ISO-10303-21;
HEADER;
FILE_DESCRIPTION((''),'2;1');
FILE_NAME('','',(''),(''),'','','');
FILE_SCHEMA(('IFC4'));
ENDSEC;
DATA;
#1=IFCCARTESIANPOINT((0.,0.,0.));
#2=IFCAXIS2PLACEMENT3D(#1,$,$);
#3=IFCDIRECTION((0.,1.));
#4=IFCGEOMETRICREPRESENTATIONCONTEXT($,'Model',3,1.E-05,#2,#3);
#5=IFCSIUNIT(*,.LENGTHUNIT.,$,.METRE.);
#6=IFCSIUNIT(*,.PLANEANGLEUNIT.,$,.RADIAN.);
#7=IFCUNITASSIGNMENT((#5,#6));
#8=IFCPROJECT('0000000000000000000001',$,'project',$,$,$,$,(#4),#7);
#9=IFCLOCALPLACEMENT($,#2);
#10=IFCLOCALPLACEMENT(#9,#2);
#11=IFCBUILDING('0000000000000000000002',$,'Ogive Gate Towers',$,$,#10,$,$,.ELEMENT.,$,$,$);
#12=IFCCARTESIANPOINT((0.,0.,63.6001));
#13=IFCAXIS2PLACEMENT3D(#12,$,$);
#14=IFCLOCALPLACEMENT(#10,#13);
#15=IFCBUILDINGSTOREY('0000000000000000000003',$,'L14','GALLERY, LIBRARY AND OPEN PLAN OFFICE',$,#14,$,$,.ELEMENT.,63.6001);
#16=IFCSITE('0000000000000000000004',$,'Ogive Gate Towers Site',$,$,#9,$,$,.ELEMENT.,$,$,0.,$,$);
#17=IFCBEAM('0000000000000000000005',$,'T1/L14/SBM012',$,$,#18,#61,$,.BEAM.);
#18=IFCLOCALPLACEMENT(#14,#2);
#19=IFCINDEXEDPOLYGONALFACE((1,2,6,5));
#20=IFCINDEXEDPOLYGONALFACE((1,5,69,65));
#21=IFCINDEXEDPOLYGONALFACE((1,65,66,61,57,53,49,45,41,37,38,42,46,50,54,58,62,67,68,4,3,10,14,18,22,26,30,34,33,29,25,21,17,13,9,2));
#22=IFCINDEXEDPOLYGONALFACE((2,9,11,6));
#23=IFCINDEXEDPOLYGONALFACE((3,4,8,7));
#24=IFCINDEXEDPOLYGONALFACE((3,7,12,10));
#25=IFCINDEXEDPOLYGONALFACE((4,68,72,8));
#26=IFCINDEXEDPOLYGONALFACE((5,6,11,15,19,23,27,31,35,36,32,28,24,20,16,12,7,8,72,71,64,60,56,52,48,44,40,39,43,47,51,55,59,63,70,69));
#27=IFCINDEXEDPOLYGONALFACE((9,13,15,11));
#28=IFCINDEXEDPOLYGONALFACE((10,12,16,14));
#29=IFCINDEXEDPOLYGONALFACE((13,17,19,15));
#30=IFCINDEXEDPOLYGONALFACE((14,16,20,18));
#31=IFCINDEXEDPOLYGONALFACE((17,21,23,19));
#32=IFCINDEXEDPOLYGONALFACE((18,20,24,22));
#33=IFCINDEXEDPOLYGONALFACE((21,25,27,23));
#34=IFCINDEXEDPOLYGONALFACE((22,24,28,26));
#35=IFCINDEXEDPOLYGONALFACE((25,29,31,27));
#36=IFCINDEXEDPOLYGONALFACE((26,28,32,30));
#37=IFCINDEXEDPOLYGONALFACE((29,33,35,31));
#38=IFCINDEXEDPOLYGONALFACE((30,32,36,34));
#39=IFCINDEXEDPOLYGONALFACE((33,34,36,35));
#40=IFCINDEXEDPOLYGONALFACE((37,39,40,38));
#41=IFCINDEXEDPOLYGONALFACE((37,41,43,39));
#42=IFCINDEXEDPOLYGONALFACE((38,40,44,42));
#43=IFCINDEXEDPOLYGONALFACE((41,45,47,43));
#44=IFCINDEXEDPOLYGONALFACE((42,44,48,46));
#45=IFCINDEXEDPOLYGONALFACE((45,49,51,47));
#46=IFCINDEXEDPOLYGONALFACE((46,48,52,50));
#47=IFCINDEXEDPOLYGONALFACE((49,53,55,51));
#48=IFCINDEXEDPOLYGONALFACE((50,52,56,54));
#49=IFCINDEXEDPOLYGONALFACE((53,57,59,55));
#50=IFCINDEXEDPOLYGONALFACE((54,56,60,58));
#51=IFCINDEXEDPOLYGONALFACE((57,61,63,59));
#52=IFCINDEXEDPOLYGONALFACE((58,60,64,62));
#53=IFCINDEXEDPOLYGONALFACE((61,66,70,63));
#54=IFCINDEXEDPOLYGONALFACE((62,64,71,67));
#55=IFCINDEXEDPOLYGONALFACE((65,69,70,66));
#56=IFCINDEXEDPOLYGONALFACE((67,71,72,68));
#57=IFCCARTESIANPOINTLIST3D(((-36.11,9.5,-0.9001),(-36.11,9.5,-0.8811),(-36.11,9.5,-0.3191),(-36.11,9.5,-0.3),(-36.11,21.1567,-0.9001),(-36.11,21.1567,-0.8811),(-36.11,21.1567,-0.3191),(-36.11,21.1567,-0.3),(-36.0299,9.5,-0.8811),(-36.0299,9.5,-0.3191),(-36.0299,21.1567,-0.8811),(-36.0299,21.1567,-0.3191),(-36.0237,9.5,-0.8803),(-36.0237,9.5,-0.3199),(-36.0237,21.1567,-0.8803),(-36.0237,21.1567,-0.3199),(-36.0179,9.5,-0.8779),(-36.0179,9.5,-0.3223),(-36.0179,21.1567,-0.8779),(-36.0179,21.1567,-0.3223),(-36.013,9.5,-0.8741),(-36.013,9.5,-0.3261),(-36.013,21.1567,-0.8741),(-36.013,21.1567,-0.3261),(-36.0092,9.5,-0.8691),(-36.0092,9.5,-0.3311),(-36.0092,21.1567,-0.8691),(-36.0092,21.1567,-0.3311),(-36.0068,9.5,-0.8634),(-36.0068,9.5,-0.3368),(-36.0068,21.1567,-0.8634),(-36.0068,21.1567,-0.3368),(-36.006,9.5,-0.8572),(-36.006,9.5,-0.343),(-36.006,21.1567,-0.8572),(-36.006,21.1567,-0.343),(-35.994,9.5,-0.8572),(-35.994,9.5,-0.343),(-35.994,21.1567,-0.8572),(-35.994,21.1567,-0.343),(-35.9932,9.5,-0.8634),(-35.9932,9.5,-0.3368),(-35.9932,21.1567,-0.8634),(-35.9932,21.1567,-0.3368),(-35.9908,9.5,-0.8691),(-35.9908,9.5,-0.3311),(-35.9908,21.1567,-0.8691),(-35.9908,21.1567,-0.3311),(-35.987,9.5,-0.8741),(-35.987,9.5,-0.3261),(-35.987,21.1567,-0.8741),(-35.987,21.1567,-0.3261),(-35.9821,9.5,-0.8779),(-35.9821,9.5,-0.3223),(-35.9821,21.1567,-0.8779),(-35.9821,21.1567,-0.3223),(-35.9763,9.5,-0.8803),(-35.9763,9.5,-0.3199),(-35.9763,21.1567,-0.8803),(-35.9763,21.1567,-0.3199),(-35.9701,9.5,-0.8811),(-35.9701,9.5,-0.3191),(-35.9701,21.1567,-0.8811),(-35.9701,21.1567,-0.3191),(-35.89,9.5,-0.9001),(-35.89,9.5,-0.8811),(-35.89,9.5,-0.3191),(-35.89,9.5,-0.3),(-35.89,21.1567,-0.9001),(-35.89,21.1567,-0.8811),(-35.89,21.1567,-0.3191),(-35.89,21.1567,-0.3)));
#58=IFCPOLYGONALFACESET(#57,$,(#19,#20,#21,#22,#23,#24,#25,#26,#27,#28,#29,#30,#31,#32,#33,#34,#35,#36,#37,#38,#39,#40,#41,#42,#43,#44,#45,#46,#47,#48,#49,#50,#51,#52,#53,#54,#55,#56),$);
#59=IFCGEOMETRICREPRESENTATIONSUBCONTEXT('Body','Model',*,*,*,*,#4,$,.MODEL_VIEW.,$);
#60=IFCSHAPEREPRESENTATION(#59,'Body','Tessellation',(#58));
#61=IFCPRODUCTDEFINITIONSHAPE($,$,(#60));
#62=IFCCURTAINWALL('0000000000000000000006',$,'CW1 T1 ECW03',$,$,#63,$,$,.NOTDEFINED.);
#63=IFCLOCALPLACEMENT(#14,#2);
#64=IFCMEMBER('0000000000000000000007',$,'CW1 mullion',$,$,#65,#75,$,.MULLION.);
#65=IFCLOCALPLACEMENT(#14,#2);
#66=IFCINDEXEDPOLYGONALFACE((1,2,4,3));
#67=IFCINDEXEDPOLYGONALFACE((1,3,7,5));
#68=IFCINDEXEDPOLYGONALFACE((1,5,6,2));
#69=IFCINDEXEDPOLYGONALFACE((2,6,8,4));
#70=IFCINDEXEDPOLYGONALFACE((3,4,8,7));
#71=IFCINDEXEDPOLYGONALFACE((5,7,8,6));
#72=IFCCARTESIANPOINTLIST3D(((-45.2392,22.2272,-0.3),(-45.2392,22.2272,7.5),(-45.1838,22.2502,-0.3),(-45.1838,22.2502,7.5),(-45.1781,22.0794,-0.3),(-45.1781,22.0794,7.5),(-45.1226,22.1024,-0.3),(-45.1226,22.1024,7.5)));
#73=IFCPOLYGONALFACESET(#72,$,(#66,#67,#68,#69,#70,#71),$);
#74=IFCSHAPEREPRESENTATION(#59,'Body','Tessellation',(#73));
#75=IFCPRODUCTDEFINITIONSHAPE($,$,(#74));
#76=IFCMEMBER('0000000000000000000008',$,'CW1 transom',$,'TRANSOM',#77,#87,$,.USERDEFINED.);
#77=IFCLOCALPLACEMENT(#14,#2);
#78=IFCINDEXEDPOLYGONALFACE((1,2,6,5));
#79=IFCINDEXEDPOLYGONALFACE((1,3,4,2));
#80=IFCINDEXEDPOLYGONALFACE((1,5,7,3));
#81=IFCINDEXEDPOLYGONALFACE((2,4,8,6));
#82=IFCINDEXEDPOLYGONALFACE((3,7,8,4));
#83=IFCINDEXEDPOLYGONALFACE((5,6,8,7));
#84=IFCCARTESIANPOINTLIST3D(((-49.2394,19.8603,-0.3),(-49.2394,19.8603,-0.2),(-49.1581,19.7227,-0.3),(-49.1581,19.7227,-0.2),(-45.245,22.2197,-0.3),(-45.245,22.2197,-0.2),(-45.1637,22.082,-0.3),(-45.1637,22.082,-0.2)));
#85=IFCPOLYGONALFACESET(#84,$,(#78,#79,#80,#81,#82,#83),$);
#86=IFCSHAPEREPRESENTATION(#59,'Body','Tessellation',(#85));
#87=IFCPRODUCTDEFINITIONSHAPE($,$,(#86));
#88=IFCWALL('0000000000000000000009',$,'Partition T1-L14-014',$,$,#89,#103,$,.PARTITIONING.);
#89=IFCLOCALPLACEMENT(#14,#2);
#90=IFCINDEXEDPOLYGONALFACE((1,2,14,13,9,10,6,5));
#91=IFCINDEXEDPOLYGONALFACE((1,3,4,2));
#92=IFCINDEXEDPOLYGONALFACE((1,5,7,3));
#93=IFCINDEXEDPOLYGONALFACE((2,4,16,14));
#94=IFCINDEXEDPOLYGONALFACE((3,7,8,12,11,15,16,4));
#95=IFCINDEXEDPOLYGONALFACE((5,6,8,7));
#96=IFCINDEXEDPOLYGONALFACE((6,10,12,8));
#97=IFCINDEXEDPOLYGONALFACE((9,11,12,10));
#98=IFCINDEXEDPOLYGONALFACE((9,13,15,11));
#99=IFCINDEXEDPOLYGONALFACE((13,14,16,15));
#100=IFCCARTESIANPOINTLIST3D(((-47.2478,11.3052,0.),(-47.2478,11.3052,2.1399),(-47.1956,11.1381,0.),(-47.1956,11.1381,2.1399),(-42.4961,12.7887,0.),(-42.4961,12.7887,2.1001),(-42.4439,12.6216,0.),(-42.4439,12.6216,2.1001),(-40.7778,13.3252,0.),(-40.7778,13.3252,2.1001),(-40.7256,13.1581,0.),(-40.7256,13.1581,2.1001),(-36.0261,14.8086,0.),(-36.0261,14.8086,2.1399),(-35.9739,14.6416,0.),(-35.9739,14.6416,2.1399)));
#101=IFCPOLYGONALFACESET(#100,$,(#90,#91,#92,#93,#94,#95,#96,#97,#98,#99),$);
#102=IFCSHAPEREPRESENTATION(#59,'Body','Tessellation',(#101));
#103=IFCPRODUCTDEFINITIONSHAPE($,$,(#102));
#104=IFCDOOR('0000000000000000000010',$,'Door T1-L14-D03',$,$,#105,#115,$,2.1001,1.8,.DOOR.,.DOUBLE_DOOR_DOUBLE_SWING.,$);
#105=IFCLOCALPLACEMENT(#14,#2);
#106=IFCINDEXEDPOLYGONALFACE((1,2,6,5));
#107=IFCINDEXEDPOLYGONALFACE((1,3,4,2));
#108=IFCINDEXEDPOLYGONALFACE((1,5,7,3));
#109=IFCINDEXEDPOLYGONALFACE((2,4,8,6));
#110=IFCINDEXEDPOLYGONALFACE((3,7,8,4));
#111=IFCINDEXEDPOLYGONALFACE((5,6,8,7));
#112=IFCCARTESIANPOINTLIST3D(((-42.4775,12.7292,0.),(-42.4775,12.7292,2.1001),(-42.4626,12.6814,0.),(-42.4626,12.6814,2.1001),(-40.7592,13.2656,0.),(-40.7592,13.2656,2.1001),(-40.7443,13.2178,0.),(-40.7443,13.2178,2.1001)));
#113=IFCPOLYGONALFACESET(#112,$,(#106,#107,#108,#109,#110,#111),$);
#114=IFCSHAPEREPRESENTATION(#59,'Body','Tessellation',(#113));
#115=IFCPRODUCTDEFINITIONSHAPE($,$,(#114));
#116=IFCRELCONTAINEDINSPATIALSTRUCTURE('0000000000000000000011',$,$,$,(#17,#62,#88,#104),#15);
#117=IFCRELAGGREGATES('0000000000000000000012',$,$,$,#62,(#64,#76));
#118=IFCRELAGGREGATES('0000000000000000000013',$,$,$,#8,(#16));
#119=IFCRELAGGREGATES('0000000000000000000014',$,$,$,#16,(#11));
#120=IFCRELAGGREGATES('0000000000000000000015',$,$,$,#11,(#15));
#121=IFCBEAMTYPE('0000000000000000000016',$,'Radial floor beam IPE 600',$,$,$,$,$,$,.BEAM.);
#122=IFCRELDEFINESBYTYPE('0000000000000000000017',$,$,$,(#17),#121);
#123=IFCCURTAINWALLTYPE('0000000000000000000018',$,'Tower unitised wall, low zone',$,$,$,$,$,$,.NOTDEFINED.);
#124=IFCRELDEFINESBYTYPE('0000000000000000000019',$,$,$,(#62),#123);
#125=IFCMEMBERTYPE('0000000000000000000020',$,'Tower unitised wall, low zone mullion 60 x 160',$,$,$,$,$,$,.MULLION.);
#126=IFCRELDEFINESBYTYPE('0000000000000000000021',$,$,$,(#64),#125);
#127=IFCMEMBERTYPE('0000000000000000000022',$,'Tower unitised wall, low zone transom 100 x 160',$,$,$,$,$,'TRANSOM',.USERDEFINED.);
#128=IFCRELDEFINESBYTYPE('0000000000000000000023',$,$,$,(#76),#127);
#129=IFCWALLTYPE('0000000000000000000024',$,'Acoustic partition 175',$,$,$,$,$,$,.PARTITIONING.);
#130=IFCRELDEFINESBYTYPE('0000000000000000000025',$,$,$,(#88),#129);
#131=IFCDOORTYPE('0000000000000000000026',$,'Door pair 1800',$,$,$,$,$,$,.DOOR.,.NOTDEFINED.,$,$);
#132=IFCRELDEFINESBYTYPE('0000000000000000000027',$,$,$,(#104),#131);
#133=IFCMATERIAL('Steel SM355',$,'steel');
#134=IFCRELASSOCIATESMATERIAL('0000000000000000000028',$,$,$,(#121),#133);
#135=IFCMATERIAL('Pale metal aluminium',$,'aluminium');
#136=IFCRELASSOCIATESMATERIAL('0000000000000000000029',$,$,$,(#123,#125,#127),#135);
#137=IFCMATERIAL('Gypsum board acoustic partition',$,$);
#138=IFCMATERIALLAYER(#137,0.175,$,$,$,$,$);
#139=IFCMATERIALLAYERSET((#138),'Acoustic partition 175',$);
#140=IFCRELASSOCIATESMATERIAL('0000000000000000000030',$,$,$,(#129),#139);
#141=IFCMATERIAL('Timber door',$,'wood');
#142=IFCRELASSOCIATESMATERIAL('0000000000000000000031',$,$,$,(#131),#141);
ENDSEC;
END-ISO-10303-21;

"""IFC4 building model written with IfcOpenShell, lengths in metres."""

from ifc_helpers import new_model, si_unit, direction, frame, frame_2d, origin, origin_2d, place, context, subcontext, project, spatial, rectangle, i_section, extrude, material, layer, layer_set, material_profile, profile_set, type_object, element, fill, aggregate, save


model = new_model("IFC4")

# Units and contexts
model_context = context("Model", 3, precision=1e-05, world=origin(), true_north=direction((0.0, 1.0)))
body_context = subcontext(model_context, "Body", "Model", "MODEL_VIEW")
ifc_project = project(units=[si_unit("LENGTHUNIT", "METRE"), si_unit("PLANEANGLEUNIT", "RADIAN")], contexts=[model_context])

# Site, building, storey
site_placement = place(None, origin())
site = spatial("IfcSite", under=ifc_project, at=site_placement, Name="Ogive Gate Towers Site", CompositionType="ELEMENT", RefElevation=0.0)
building_placement = place(site_placement, origin())
building = spatial("IfcBuilding", under=site, at=building_placement, Name="Ogive Gate Towers", CompositionType="ELEMENT")
storey_placement = place(building_placement, frame((0.0, 0.0, 63.6001)))
storey = spatial("IfcBuildingStorey", under=building, at=storey_placement, Name="L14", Description="GALLERY, LIBRARY AND OPEN PLAN OFFICE", CompositionType="ELEMENT", Elevation=63.6001)

# Beam
ifc_material_1 = material(Name="Steel SM355", Category="steel")
ifc_material_profile_1 = material_profile(ifc_material_1, i_section(OverallWidth=0.22, OverallDepth=0.6001, WebThickness=0.012, FlangeThickness=0.019, FilletRadius=0.0239, at=origin_2d()), Name="IPE 600")
ifc_profile_set_1 = profile_set([ifc_material_profile_1], Name="Steel SM355")
beam_type_1 = type_object("IfcBeamType", Name="Radial floor beam IPE 600", PredefinedType="BEAM", material=ifc_profile_set_1)
beam_1_placement = place(storey_placement, frame((-36.0, 9.5, -0.6001), z_axis=(0.0, 1.0, 0.0), x_axis=(-1.0, 0.0, 0.0)))
element("IfcBeam", 1, at=beam_1_placement, inside=storey, type_object=beam_type_1, Name="T1/L14/SBM012", PredefinedType="BEAM", context=body_context, shape_type="SweptSolid", body=[
    extrude(i_section(OverallWidth=0.22, OverallDepth=0.6001, WebThickness=0.012, FlangeThickness=0.019, FilletRadius=0.0239, at=origin_2d()), origin(), (0.0, 0.0, 1.0), 11.6567),
])

# Curtain wall, members
ifc_material_2 = material(Name="Pale metal aluminium", Category="aluminium")
curtain_wall_type = type_object("IfcCurtainWallType", Name="Tower unitised wall, low zone", PredefinedType="NOTDEFINED", material=ifc_material_2)
curtain_wall_placement = place(storey_placement, origin())
curtain_wall = element("IfcCurtainWall", 2, at=curtain_wall_placement, inside=storey, type_object=curtain_wall_type, Name="CW1 T1 ECW03", PredefinedType="NOTDEFINED")
ifc_material_profile_2 = material_profile(ifc_material_2, rectangle(XDim=0.1599, YDim=0.0601, at=origin_2d()), Name="60 x 160 aluminium box")
ifc_profile_set_2 = profile_set([ifc_material_profile_2], Name="Pale metal aluminium")
member_type_1 = type_object("IfcMemberType", Name="Tower unitised wall, low zone mullion 60 x 160", PredefinedType="MULLION", material=ifc_profile_set_2)
member_1_placement = place(storey_placement, frame((-45.1809, 22.1648, -0.3), z_axis=(0.0, 0.0, 1.0), x_axis=(-0.382683, 0.92388, 0.0)))
member_1 = element("IfcMember", 3, at=member_1_placement, type_object=member_type_1, Name="CW1 mullion", PredefinedType="MULLION", context=body_context, shape_type="SweptSolid", body=[
    extrude(rectangle(XDim=0.1599, YDim=0.0601, at=origin_2d()), origin(), (0.0, 0.0, 1.0), 7.8),
])
ifc_material_profile_3 = material_profile(ifc_material_2, rectangle(XDim=0.1599, YDim=0.1001, at=origin_2d()), Name="100 x 160 aluminium box")
ifc_profile_set_3 = profile_set([ifc_material_profile_3], Name="Pale metal aluminium")
member_type_2 = type_object("IfcMemberType", Name="Tower unitised wall, low zone transom 100 x 160", ElementType="TRANSOM", PredefinedType="USERDEFINED", material=ifc_profile_set_3)
member_2_placement = place(storey_placement, frame((-45.2043, 22.1509, -0.25), z_axis=(-0.861016, -0.508579, 0.0), x_axis=(0.508579, -0.861016, 0.0)))
member_2 = element("IfcMember", 4, at=member_2_placement, type_object=member_type_2, Name="CW1 transom", ObjectType="TRANSOM", PredefinedType="USERDEFINED", context=body_context, shape_type="SweptSolid", body=[
    extrude(rectangle(XDim=0.1599, YDim=0.1001, at=origin_2d()), origin(), (0.0, 0.0, 1.0), 4.6392),
])
aggregate(curtain_wall, [member_1, member_2])

# Wall, opening, door
ifc_material_3 = material(Name="Gypsum board acoustic partition")
ifc_layer_1 = layer(ifc_material_3, 0.175)
ifc_layer_set_1 = layer_set([ifc_layer_1], Name="Acoustic partition 175")
wall_type_1 = type_object("IfcWallType", Name="Acoustic partition 175", PredefinedType="PARTITIONING", material=ifc_layer_set_1)
wall_1_placement = place(storey_placement, frame((-36.0, 14.7251, 0.0), z_axis=(0.0, 0.0, 1.0), x_axis=(-0.954561, -0.298015, 0.0)))
wall_1 = element("IfcWall", 5, at=wall_1_placement, inside=storey, type_object=wall_type_1, Name="Partition T1-L14-014", PredefinedType="PARTITIONING", context=body_context, shape_type="SweptSolid", body=[
    extrude(rectangle(XDim=11.7559, YDim=0.175, at=frame_2d((5.8779, 0.0))), origin(), (0.0, 0.0, 1.0), 2.1399),
])
opening_1_placement = place(wall_1_placement, frame((4.978, 0.0, 0.0)))
opening_1 = element("IfcOpeningElement", 6, at=opening_1_placement, cuts=wall_1, PredefinedType="OPENING", context=body_context, shape_type="SweptSolid", body=[
    extrude(rectangle(XDim=1.8, YDim=2.1001, at=frame_2d((0.8999, 1.05))), frame((0.0, 0.0977, 0.0), z_axis=(0.0, -1.0, 0.0), x_axis=(1.0, 0.0, 0.0)), (0.0, 0.0, 1.0), 0.1951),
])
ifc_material_4 = material(Name="Timber door", Category="wood")
door_type_1 = type_object("IfcDoorType", Name="Door pair 1800", OperationType="NOTDEFINED", PredefinedType="DOOR", material=ifc_material_4)
door_1_placement = place(opening_1_placement, origin())
door_1 = element("IfcDoor", 7, at=door_1_placement, inside=storey, type_object=door_type_1, Name="Door T1-L14-D03", OperationType="DOUBLE_DOOR_DOUBLE_SWING", OverallHeight=2.1001, OverallWidth=1.8, PredefinedType="DOOR", context=body_context, shape_type="SweptSolid", body=[
    extrude(rectangle(XDim=1.8, YDim=2.1001, at=frame_2d((0.8999, 1.05))), frame((0.0, 0.0249, 0.0), z_axis=(0.0, -1.0, 0.0), x_axis=(1.0, 0.0, 0.0)), (0.0, 0.0, 1.0), 0.05),
])
fill(opening_1, door_1)

save(model, "model.ifc")
